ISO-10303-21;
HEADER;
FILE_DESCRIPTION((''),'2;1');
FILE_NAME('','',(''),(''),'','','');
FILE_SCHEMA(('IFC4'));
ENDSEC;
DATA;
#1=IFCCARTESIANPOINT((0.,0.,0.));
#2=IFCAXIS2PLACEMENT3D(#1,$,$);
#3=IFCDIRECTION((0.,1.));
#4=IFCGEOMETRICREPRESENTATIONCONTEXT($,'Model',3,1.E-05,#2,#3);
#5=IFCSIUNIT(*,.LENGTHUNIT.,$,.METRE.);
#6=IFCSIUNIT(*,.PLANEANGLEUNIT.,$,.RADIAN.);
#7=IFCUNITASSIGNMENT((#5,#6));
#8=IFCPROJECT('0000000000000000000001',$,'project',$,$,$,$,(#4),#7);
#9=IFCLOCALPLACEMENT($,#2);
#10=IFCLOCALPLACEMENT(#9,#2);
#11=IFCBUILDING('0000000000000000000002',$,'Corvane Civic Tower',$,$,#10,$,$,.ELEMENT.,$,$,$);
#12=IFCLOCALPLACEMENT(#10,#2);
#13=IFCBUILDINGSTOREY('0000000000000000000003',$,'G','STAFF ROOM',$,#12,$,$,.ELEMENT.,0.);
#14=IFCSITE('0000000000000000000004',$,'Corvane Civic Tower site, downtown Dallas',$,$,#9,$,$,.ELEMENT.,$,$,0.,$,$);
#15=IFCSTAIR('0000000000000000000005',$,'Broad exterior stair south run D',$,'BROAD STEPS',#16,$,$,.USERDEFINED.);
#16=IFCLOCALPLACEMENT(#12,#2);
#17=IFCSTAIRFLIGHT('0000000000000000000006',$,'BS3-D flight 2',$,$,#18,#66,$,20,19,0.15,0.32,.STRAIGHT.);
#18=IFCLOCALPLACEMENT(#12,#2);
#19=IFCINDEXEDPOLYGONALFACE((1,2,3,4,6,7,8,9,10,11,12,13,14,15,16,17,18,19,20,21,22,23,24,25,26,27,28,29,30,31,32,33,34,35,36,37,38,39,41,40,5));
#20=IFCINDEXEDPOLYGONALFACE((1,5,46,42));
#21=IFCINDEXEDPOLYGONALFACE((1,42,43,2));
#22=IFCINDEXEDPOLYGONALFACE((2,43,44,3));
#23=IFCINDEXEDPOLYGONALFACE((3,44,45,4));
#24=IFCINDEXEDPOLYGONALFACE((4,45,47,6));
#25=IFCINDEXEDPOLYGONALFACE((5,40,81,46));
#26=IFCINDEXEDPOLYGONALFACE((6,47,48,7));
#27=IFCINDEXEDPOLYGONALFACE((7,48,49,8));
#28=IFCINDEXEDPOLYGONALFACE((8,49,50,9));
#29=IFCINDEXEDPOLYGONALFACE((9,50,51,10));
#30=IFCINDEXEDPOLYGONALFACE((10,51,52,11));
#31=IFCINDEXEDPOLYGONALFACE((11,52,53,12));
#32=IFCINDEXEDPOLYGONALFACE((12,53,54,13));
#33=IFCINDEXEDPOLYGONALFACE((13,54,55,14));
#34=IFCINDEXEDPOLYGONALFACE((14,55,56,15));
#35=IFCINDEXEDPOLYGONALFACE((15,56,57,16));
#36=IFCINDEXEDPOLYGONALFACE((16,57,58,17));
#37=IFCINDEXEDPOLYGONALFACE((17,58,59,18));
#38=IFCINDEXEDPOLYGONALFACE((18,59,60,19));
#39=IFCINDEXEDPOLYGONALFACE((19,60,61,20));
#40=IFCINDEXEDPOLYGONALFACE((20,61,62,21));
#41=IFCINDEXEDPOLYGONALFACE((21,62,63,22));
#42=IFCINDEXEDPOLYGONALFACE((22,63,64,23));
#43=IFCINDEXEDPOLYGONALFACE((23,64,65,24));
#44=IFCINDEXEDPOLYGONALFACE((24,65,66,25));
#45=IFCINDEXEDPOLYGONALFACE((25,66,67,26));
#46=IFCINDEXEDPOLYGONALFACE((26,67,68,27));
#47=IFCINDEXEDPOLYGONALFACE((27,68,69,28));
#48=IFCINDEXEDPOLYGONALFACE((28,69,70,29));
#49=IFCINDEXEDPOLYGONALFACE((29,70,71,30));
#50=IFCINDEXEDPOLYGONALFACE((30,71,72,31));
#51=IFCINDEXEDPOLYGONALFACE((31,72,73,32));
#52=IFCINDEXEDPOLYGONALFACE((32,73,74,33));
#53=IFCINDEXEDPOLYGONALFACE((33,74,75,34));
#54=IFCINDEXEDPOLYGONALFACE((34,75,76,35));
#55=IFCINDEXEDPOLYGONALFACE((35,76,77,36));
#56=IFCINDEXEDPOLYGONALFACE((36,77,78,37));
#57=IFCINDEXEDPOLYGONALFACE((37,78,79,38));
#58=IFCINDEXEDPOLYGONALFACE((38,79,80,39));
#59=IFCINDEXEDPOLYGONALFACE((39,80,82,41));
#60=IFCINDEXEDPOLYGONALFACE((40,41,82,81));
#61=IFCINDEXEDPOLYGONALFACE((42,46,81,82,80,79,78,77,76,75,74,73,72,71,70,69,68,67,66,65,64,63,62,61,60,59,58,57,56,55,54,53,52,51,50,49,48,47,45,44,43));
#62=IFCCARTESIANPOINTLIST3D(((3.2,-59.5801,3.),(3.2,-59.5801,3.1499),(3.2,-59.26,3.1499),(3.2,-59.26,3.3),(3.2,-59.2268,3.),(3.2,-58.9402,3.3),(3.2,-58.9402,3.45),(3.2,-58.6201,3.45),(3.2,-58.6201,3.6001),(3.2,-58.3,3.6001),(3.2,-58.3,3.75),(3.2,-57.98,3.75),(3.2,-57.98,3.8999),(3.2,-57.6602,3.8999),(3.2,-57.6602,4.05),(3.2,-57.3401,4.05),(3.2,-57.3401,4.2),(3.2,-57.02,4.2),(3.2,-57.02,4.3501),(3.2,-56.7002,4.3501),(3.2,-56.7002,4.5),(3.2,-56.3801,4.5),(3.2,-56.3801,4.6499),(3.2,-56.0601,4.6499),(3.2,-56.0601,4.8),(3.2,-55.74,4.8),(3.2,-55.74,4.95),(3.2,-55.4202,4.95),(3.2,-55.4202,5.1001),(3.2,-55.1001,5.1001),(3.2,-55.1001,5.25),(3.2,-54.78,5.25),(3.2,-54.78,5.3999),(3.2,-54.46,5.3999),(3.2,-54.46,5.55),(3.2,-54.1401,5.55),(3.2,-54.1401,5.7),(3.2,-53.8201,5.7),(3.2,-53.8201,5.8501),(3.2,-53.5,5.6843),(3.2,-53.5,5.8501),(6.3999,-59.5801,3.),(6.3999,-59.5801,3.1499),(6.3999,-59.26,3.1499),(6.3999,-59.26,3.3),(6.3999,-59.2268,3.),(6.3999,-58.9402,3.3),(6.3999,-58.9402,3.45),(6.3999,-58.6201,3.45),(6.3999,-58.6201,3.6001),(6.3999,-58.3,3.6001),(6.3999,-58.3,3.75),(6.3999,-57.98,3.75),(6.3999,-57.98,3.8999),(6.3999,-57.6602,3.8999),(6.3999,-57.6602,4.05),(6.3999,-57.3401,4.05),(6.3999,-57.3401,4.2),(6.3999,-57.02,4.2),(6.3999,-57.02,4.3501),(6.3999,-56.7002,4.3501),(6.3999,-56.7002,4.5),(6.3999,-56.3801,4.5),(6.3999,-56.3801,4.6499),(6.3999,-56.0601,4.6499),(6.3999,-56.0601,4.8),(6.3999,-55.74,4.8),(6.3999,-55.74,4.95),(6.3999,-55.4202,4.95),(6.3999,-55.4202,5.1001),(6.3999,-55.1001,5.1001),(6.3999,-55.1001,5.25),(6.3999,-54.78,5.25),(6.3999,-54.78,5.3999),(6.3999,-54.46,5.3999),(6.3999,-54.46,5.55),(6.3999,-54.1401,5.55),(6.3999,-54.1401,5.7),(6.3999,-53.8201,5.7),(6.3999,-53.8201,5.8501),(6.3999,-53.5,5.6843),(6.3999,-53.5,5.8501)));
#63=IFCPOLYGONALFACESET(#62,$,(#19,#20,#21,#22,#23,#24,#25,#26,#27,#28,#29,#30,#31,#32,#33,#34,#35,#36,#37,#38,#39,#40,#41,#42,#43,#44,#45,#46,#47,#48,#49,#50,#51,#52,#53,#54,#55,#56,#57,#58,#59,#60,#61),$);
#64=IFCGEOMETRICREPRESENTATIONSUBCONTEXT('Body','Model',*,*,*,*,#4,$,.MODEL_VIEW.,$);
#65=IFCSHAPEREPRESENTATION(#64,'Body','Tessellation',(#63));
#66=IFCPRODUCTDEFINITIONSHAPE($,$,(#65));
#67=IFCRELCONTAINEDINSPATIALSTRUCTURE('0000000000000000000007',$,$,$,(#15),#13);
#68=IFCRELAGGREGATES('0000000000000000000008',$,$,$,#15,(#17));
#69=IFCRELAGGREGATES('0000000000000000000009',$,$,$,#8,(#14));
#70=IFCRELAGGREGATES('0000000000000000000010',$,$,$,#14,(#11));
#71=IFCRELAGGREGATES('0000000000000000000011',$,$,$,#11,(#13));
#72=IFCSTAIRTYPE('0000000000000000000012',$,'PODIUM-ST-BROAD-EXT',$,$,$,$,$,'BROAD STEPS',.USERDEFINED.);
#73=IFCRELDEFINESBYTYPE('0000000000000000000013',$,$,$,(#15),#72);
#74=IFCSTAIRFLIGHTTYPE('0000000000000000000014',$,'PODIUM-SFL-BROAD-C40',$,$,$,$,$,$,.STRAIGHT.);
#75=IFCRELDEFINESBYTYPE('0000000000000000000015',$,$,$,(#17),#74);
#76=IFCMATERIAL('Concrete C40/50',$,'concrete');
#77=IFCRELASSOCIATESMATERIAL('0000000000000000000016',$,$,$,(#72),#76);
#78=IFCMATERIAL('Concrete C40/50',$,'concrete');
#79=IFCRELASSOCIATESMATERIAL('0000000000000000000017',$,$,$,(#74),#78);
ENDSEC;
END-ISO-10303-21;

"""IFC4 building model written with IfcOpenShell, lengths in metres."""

from ifc_helpers import new_model, si_unit, direction, frame, origin, place, context, subcontext, project, spatial, polyline, outline, extrude, material, type_object, element, aggregate, save


model = new_model("IFC4")

# Units and contexts
model_context = context("Model", 3, precision=1e-05, world=origin(), true_north=direction((0.0, 1.0)))
body_context = subcontext(model_context, "Body", "Model", "MODEL_VIEW")
ifc_project = project(units=[si_unit("LENGTHUNIT", "METRE"), si_unit("PLANEANGLEUNIT", "RADIAN")], contexts=[model_context])

# Site, building, storey
site_placement = place(None, origin())
site = spatial("IfcSite", under=ifc_project, at=site_placement, Name="Corvane Civic Tower site, downtown Dallas", CompositionType="ELEMENT", RefElevation=0.0)
building_placement = place(site_placement, origin())
building = spatial("IfcBuilding", under=site, at=building_placement, Name="Corvane Civic Tower", CompositionType="ELEMENT")
storey_placement = place(building_placement, origin())
storey = spatial("IfcBuildingStorey", under=building, at=storey_placement, Name="G", Description="STAFF ROOM", CompositionType="ELEMENT", Elevation=0.0)

# Stair, stair flight
ifc_material_1 = material(Name="Concrete C40/50", Category="concrete")
stair_type = type_object("IfcStairType", Name="PODIUM-ST-BROAD-EXT", ElementType="BROAD STEPS", PredefinedType="USERDEFINED", material=ifc_material_1)
stair_placement = place(storey_placement, origin())
stair = element("IfcStair", 1, at=stair_placement, inside=storey, type_object=stair_type, Name="Broad exterior stair south run D", ObjectType="BROAD STEPS", PredefinedType="USERDEFINED")
ifc_material_2 = material(Name="Concrete C40/50", Category="concrete")
stair_flight_type = type_object("IfcStairFlightType", Name="PODIUM-SFL-BROAD-C40", PredefinedType="STRAIGHT", material=ifc_material_2)
stair_flight_placement = place(storey_placement, frame((4.8, -59.5801, 3.0), z_axis=(0.0, 0.0, 1.0), x_axis=(0.0, 1.0, 0.0)))
stair_flight = element("IfcStairFlight", 2, at=stair_flight_placement, type_object=stair_flight_type, Name="BS3-D flight 2", NumberOfRisers=20, NumberOfTreads=19, PredefinedType="STRAIGHT", RiserHeight=0.15, TreadLength=0.32, context=body_context, shape_type="SweptSolid", body=[
    extrude(outline(polyline([(0.0, 0.0), (0.0, 0.1499), (0.3201, 0.1499), (0.3201, 0.3), (0.6399, 0.3), (0.6399, 0.45), (0.96, 0.45), (0.96, 0.6001), (1.28, 0.6001), (1.28, 0.75), (1.6001, 0.75), (1.6001, 0.8999), (1.9199, 0.8999), (1.9199, 1.05), (2.24, 1.05), (2.24, 1.2), (2.5601, 1.2), (2.5601, 1.3501), (2.8799, 1.3501), (2.8799, 1.5), (3.2, 1.5), (3.2, 1.6499), (3.52, 1.6499), (3.52, 1.8), (3.8401, 1.8), (3.8401, 1.95), (4.1599, 1.95), (4.1599, 2.1001), (4.48, 2.1001), (4.48, 2.25), (4.8, 2.25), (4.8, 2.3999), (5.1201, 2.3999), (5.1201, 2.55), (5.4399, 2.55), (5.4399, 2.7), (5.76, 2.7), (5.76, 2.8501), (6.0801, 2.8501), (6.0801, 3.0), (6.0801, 2.6843), (0.3533, 0.0), (0.0, 0.0)])), frame((0.0, 1.6001, 0.0), z_axis=(0.0, -1.0, 0.0), x_axis=(1.0, 0.0, 0.0)), (0.0, 0.0, 1.0), 3.2),
])
aggregate(stair, [stair_flight])

save(model, "model.ifc")
